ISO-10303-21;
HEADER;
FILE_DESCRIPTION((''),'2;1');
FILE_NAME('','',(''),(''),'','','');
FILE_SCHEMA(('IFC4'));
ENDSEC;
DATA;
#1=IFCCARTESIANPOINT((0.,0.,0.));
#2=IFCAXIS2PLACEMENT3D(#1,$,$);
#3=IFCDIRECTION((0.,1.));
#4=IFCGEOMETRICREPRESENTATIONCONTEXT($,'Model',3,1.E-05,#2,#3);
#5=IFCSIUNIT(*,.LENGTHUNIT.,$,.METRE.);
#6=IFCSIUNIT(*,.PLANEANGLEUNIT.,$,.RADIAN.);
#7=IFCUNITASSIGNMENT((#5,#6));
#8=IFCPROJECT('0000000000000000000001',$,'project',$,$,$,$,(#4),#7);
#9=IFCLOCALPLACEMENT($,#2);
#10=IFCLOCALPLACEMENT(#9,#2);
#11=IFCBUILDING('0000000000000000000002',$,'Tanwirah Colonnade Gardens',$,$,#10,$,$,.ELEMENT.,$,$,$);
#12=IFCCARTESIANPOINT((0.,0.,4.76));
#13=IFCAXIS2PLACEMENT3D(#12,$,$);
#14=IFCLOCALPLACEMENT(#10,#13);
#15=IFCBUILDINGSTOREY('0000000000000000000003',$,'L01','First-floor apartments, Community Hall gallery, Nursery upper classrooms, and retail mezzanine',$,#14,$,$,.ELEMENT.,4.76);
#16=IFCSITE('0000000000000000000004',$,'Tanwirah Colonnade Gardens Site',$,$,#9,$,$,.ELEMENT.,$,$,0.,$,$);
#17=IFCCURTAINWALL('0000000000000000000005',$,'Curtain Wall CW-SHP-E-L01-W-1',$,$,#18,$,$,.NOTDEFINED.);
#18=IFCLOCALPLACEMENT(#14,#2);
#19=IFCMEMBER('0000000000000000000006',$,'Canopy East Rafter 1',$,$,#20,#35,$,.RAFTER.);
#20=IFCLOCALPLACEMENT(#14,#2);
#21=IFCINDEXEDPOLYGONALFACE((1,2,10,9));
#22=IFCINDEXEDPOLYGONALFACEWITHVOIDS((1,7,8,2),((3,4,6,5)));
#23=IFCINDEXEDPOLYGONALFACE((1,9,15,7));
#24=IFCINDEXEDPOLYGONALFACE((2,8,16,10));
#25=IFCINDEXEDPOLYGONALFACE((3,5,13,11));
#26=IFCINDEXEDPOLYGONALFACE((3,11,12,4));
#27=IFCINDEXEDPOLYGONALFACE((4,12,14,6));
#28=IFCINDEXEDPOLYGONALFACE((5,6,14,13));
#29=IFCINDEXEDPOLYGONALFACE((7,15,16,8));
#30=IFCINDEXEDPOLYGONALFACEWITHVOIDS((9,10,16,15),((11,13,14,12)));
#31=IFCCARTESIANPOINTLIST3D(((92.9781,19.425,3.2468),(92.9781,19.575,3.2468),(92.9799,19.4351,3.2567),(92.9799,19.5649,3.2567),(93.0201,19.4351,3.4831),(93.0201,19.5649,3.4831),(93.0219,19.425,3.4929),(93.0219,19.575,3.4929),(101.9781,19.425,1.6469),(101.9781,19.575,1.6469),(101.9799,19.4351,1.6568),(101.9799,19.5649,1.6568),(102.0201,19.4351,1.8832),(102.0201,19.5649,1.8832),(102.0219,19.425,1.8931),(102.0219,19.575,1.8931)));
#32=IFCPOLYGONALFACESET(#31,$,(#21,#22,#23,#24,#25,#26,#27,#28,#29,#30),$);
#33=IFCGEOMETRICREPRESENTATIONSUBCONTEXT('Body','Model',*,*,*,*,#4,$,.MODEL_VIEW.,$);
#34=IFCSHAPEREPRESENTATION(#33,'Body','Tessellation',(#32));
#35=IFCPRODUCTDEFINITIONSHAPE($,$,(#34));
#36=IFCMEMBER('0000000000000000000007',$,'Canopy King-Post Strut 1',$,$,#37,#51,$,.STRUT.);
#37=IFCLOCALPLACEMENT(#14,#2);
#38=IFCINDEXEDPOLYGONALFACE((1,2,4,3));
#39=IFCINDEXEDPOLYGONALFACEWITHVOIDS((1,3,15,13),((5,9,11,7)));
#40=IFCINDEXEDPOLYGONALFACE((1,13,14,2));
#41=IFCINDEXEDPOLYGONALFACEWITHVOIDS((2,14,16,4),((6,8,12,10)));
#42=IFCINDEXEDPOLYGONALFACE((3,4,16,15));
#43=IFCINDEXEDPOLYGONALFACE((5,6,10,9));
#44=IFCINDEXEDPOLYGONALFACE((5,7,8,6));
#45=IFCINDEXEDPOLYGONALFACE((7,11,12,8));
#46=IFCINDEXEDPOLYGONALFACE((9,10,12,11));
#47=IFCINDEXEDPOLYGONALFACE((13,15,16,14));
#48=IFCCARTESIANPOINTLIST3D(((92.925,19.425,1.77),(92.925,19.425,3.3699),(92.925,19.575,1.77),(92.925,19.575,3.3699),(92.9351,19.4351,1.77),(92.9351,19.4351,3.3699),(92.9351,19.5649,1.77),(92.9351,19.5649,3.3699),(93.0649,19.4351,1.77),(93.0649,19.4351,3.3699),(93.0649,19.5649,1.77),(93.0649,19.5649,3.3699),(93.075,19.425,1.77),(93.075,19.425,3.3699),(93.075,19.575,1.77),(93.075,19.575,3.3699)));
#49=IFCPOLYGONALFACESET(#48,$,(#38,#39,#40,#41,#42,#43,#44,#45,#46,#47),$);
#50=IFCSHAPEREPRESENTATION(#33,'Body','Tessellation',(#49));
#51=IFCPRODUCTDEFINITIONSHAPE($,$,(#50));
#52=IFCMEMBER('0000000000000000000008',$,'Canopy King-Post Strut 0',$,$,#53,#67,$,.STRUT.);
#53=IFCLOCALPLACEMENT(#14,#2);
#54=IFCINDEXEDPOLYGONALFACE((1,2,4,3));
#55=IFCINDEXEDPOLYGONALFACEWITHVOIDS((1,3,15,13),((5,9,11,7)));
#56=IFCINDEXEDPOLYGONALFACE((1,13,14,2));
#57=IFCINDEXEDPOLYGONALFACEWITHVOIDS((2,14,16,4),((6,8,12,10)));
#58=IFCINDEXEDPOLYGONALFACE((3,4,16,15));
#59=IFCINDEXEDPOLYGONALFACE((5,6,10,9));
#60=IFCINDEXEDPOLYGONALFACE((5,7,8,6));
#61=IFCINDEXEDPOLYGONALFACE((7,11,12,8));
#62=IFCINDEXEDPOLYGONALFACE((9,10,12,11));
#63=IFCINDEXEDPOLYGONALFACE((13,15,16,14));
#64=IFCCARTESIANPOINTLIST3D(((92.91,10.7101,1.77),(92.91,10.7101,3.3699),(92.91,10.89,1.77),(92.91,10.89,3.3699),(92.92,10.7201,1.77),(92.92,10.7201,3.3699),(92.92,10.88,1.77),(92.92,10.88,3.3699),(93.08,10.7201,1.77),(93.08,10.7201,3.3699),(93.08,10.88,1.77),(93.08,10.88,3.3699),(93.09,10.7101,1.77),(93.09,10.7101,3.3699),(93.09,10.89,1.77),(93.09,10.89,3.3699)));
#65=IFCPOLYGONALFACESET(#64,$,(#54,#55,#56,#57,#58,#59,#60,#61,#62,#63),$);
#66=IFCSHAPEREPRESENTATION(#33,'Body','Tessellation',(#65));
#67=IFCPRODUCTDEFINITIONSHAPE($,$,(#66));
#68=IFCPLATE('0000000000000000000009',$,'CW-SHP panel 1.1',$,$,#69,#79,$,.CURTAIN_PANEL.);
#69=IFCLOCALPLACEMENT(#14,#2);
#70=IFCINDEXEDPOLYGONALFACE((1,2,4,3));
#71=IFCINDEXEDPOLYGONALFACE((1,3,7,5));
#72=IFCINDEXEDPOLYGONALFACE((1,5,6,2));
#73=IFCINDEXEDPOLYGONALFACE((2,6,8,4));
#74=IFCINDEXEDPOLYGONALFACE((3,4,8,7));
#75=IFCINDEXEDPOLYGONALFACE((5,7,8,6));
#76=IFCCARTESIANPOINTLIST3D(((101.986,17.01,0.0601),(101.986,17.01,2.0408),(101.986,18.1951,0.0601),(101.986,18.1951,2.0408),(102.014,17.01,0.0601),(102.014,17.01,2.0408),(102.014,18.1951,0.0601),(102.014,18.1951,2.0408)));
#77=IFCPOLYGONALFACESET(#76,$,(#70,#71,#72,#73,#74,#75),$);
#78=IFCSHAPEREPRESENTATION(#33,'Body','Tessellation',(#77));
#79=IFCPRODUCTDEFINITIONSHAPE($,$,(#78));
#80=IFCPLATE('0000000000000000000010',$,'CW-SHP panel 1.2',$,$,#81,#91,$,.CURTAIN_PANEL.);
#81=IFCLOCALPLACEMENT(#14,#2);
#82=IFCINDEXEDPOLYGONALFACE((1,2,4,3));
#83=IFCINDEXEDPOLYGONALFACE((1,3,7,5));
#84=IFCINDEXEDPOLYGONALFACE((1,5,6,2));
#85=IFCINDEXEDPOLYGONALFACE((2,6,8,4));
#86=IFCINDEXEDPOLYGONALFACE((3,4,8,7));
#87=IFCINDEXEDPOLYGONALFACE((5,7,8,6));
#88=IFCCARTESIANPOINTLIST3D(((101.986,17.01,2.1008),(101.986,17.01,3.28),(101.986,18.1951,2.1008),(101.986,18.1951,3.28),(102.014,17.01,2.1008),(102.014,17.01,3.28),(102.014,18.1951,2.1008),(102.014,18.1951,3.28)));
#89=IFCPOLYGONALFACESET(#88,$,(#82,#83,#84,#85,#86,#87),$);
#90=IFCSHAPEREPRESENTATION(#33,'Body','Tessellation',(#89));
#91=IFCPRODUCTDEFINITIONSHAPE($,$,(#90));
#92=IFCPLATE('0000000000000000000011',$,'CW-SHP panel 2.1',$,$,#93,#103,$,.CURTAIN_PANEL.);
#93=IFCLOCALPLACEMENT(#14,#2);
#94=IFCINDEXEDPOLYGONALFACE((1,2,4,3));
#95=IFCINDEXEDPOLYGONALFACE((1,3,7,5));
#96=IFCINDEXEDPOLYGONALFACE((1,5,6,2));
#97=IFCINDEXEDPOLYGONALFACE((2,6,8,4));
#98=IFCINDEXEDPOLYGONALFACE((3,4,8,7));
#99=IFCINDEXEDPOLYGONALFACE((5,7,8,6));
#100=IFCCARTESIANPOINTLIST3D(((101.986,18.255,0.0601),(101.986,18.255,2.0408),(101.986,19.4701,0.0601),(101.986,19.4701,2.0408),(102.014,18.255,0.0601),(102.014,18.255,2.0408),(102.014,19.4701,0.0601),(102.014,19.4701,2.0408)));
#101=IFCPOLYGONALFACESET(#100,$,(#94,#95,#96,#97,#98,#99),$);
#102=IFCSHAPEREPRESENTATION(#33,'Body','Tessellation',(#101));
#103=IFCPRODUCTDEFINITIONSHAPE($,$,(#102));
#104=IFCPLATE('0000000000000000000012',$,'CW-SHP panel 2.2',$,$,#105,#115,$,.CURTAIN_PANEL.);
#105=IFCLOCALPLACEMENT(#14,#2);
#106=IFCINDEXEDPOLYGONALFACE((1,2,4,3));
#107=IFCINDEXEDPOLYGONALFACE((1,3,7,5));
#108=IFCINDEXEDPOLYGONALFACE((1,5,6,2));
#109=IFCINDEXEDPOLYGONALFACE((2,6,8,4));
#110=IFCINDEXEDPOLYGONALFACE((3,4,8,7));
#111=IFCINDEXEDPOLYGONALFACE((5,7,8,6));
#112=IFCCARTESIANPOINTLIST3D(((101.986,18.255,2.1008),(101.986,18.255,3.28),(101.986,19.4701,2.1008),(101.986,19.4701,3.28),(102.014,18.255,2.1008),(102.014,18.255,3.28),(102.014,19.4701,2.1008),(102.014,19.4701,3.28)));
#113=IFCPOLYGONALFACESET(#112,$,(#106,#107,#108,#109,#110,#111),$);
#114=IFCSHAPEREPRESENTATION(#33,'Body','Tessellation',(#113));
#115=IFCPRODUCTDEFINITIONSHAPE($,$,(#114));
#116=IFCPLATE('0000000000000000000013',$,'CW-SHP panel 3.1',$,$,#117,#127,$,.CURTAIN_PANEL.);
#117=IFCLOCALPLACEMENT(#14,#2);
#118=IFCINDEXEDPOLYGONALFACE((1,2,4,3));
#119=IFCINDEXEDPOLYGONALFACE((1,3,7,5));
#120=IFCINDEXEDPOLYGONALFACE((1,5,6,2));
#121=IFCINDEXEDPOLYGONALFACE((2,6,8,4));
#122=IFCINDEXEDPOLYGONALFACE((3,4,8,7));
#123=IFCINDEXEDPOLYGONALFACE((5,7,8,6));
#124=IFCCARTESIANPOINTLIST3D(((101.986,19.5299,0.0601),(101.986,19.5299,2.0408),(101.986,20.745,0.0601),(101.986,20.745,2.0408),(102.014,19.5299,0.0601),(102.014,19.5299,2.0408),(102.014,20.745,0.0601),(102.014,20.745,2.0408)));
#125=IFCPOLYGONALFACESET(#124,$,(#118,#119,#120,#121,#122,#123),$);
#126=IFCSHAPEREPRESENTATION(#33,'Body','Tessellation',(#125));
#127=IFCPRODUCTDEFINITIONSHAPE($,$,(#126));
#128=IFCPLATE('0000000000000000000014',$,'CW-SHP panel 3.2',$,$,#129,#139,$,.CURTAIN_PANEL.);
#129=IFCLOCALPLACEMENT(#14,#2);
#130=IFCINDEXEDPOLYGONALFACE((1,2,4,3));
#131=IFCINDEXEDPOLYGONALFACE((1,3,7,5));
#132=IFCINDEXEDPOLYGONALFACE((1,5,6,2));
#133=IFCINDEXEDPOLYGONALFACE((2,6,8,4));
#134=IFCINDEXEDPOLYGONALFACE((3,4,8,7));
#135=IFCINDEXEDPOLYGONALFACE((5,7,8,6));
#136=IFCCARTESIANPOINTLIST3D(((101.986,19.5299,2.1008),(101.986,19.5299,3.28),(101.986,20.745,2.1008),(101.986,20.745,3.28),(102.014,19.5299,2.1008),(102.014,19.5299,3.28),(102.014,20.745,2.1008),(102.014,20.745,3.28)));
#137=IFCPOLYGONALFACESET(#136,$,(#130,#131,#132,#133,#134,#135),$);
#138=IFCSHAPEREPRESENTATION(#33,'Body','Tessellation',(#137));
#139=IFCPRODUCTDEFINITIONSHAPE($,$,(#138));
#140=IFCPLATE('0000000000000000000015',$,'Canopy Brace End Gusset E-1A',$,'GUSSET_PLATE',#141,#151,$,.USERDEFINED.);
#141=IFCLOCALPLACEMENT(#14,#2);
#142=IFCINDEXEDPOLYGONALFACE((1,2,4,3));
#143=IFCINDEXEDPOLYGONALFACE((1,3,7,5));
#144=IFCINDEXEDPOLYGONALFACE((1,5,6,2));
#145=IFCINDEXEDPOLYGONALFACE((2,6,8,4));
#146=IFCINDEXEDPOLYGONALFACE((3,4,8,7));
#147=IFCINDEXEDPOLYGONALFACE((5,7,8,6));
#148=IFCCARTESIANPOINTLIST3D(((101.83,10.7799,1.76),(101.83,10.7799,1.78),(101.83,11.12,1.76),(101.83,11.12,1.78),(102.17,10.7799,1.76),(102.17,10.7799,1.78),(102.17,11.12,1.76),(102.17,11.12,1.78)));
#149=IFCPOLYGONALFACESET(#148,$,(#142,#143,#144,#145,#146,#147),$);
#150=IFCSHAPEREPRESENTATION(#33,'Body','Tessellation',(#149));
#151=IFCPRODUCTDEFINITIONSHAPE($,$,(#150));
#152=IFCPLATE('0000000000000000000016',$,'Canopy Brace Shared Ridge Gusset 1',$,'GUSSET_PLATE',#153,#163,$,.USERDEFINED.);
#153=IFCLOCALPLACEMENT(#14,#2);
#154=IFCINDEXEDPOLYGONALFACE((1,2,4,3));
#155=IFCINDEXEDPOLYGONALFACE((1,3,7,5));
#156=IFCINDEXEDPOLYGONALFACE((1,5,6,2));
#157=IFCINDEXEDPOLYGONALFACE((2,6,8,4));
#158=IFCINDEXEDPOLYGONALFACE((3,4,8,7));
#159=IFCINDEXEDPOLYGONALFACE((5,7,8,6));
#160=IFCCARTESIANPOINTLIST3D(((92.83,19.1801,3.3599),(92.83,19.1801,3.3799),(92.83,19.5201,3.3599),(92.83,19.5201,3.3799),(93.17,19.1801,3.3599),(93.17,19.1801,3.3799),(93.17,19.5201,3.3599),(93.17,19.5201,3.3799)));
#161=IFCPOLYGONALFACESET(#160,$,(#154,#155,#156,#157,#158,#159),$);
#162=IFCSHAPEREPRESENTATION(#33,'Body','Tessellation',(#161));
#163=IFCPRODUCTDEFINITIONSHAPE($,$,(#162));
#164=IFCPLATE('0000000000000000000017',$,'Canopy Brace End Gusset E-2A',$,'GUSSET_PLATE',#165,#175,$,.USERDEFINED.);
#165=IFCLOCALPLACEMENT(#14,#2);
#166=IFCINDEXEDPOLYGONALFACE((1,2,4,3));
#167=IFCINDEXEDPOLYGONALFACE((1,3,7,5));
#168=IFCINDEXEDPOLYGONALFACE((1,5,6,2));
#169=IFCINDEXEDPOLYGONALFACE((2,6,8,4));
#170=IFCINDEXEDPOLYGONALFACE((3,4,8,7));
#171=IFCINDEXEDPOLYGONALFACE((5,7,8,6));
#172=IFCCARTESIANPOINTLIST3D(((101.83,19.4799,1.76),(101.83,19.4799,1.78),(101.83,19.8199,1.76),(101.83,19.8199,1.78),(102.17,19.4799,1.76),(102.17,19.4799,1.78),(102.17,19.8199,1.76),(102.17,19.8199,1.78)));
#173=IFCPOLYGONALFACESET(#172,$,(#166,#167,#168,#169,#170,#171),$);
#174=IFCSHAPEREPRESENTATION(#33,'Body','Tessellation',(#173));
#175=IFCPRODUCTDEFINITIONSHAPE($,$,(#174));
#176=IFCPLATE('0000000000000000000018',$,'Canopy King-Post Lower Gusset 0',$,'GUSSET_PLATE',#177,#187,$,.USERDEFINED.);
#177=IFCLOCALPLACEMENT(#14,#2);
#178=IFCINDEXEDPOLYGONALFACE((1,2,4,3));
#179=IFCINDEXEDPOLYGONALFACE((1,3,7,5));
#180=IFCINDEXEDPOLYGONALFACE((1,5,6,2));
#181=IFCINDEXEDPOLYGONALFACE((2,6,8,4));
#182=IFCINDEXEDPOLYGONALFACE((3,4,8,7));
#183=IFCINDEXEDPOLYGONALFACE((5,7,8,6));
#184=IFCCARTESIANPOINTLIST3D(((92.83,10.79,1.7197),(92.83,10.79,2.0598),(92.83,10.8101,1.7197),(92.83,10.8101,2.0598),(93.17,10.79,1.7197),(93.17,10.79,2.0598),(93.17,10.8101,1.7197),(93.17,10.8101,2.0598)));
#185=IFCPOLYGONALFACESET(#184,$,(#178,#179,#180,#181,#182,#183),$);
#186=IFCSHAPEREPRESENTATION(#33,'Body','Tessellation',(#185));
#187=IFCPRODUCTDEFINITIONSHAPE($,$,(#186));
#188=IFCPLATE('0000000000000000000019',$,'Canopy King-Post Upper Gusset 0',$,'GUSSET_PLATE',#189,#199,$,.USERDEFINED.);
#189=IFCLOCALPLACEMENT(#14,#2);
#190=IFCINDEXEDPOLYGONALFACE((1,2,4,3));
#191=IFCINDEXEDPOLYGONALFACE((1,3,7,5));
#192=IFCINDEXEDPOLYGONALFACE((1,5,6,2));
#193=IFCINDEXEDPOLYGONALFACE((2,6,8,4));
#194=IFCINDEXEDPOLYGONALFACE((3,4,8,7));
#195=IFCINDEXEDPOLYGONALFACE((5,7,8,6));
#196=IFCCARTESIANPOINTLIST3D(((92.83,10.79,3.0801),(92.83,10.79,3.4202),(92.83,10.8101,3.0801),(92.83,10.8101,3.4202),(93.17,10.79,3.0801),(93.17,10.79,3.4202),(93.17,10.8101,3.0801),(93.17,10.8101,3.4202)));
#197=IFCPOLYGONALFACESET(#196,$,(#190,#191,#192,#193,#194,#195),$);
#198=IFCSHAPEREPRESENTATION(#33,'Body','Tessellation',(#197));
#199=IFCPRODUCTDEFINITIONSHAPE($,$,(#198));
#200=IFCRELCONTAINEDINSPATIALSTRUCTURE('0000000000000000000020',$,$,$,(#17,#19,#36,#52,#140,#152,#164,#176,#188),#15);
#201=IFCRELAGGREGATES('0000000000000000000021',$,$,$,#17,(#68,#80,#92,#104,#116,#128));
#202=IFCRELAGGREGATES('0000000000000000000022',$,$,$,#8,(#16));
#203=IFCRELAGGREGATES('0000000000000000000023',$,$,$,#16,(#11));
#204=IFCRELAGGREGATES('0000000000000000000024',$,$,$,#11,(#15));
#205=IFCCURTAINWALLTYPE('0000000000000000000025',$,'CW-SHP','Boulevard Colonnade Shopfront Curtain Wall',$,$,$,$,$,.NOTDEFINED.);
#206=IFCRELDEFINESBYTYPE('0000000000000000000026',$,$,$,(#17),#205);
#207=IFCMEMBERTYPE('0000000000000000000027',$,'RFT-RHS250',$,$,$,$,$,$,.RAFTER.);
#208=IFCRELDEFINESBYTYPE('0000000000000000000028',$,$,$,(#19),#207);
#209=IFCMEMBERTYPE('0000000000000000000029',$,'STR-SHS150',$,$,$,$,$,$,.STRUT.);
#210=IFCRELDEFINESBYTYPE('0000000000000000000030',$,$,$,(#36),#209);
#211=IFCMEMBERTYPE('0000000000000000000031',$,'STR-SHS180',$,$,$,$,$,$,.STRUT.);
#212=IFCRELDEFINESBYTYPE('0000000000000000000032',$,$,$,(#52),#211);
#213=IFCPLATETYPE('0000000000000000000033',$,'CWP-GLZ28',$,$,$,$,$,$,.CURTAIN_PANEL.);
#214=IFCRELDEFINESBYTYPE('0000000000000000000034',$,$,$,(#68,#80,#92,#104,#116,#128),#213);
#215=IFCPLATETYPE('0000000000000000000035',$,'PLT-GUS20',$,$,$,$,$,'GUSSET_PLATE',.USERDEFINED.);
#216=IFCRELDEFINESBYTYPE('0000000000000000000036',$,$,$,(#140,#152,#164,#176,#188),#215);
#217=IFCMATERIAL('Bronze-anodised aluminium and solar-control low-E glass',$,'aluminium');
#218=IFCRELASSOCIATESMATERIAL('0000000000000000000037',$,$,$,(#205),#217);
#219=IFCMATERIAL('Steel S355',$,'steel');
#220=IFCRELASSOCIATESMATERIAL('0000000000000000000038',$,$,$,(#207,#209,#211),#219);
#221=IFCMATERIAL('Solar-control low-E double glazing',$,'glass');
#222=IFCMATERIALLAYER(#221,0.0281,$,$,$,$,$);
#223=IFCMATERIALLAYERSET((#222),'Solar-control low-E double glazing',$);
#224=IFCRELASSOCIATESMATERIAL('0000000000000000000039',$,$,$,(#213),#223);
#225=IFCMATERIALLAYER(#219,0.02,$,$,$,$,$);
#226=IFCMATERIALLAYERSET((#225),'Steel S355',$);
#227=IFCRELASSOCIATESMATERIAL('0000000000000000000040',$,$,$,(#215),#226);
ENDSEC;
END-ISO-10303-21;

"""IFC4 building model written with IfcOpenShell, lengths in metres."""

from ifc_helpers import new_model, si_unit, direction, frame, origin, origin_2d, place, context, subcontext, project, spatial, rectangle, hollow_rectangle, extrude, material, layer, layer_set, material_profile, profile_set, type_object, element, aggregate, save


model = new_model("IFC4")

# Units and contexts
model_context = context("Model", 3, precision=1e-05, world=origin(), true_north=direction((0.0, 1.0)))
body_context = subcontext(model_context, "Body", "Model", "MODEL_VIEW")
ifc_project = project(units=[si_unit("LENGTHUNIT", "METRE"), si_unit("PLANEANGLEUNIT", "RADIAN")], contexts=[model_context])

# Site, building, storey
site_placement = place(None, origin())
site = spatial("IfcSite", under=ifc_project, at=site_placement, Name="Tanwirah Colonnade Gardens Site", CompositionType="ELEMENT", RefElevation=0.0)
building_placement = place(site_placement, origin())
building = spatial("IfcBuilding", under=site, at=building_placement, Name="Tanwirah Colonnade Gardens", CompositionType="ELEMENT")
storey_placement = place(building_placement, frame((0.0, 0.0, 4.76)))
storey = spatial("IfcBuildingStorey", under=building, at=storey_placement, Name="L01", Description="First-floor apartments, Community Hall gallery, Nursery upper classrooms, and retail mezzanine", CompositionType="ELEMENT", Elevation=4.76)

# Shared definitions
ifc_material_1 = material(Name="Steel S355", Category="steel")

# Curtain wall
ifc_material_2 = material(Name="Bronze-anodised aluminium and solar-control low-E glass", Category="aluminium")
curtain_wall_type = type_object("IfcCurtainWallType", Name="CW-SHP", Description="Boulevard Colonnade Shopfront Curtain Wall", PredefinedType="NOTDEFINED", material=ifc_material_2)
curtain_wall_placement = place(storey_placement, origin())
curtain_wall = element("IfcCurtainWall", 1, at=curtain_wall_placement, inside=storey, type_object=curtain_wall_type, Name="Curtain Wall CW-SHP-E-L01-W-1", PredefinedType="NOTDEFINED")

# Members
ifc_material_profile_1 = material_profile(ifc_material_1, hollow_rectangle(XDim=0.1499, YDim=0.25, WallThickness=0.01, at=origin_2d()), Name="RHS 250x150x10")
ifc_profile_set_1 = profile_set([ifc_material_profile_1], Name="Steel S355")
member_type_1 = type_object("IfcMemberType", Name="RFT-RHS250", PredefinedType="RAFTER", material=ifc_profile_set_1)
for number, where, z_axis, x_axis, name in (
    (2, (93.0, 19.5, 3.3699), (0.984565, 0.0, -0.175018), (0.0, 1.0, 0.0), "Canopy East Rafter 1"),
):
    element("IfcMember", number, at=place(storey_placement, frame(where, z_axis=z_axis, x_axis=x_axis)), inside=storey, type_object=member_type_1, Name=name, PredefinedType="RAFTER", context=body_context, shape_type="SweptSolid", body=[
        extrude(hollow_rectangle(XDim=0.1499, YDim=0.25, WallThickness=0.01, at=origin_2d()), origin(), (0.0, 0.0, 1.0), 9.1411),
    ])
ifc_material_profile_2 = material_profile(ifc_material_1, hollow_rectangle(XDim=0.1499, YDim=0.1499, WallThickness=0.01, at=origin_2d()), Name="SHS 150x150x10")
ifc_profile_set_2 = profile_set([ifc_material_profile_2], Name="Steel S355")
member_type_2 = type_object("IfcMemberType", Name="STR-SHS150", PredefinedType="STRUT", material=ifc_profile_set_2)
member_1_placement = place(storey_placement, frame((93.0, 19.5, 1.77), z_axis=(0.0, 0.0, 1.0), x_axis=(1.0, 0.0, 0.0)))
element("IfcMember", 3, at=member_1_placement, inside=storey, type_object=member_type_2, Name="Canopy King-Post Strut 1", PredefinedType="STRUT", context=body_context, shape_type="SweptSolid", body=[
    extrude(hollow_rectangle(XDim=0.1499, YDim=0.1499, WallThickness=0.01, at=origin_2d()), origin(), (0.0, 0.0, 1.0), 1.5999),
])
ifc_material_profile_3 = material_profile(ifc_material_1, hollow_rectangle(XDim=0.1799, YDim=0.1799, WallThickness=0.01, at=origin_2d()), Name="SHS 180x180x10")
ifc_profile_set_3 = profile_set([ifc_material_profile_3], Name="Steel S355")
member_type_3 = type_object("IfcMemberType", Name="STR-SHS180", PredefinedType="STRUT", material=ifc_profile_set_3)
member_2_placement = place(storey_placement, frame((93.0, 10.8, 1.77), z_axis=(0.0, 0.0, 1.0), x_axis=(1.0, 0.0, 0.0)))
element("IfcMember", 4, at=member_2_placement, inside=storey, type_object=member_type_3, Name="Canopy King-Post Strut 0", PredefinedType="STRUT", context=body_context, shape_type="SweptSolid", body=[
    extrude(hollow_rectangle(XDim=0.1799, YDim=0.1799, WallThickness=0.01, at=origin_2d()), origin(), (0.0, 0.0, 1.0), 1.5999),
])

# Plates
ifc_material_3 = material(Name="Solar-control low-E double glazing", Category="glass")
ifc_layer_1 = layer(ifc_material_3, 0.0281)
ifc_layer_set_1 = layer_set([ifc_layer_1], Name="Solar-control low-E double glazing")
plate_type_1 = type_object("IfcPlateType", Name="CWP-GLZ28", PredefinedType="CURTAIN_PANEL", material=ifc_layer_set_1)
plate_1_placement = place(storey_placement, frame((102.0, 17.6025, 0.0601), z_axis=(0.0, 0.0, 1.0), x_axis=(0.0, 1.0, 0.0)))
plate_1 = element("IfcPlate", 5, at=plate_1_placement, type_object=plate_type_1, Name="CW-SHP panel 1.1", PredefinedType="CURTAIN_PANEL", context=body_context, shape_type="SweptSolid", body=[
    extrude(rectangle(XDim=1.1851, YDim=0.0281, at=origin_2d()), origin(), (0.0, 0.0, 1.0), 1.9807),
])
plate_2_placement = place(storey_placement, frame((102.0, 17.6025, 2.1008), z_axis=(0.0, 0.0, 1.0), x_axis=(0.0, 1.0, 0.0)))
plate_2 = element("IfcPlate", 6, at=plate_2_placement, type_object=plate_type_1, Name="CW-SHP panel 1.2", PredefinedType="CURTAIN_PANEL", context=body_context, shape_type="SweptSolid", body=[
    extrude(rectangle(XDim=1.1851, YDim=0.0281, at=origin_2d()), origin(), (0.0, 0.0, 1.0), 1.1792),
])
plate_3_placement = place(storey_placement, frame((102.0, 18.8625, 0.0601), z_axis=(0.0, 0.0, 1.0), x_axis=(0.0, 1.0, 0.0)))
plate_3 = element("IfcPlate", 7, at=plate_3_placement, type_object=plate_type_1, Name="CW-SHP panel 2.1", PredefinedType="CURTAIN_PANEL", context=body_context, shape_type="SweptSolid", body=[
    extrude(rectangle(XDim=1.2151, YDim=0.0281, at=origin_2d()), origin(), (0.0, 0.0, 1.0), 1.9807),
])
plate_4_placement = place(storey_placement, frame((102.0, 18.8625, 2.1008), z_axis=(0.0, 0.0, 1.0), x_axis=(0.0, 1.0, 0.0)))
plate_4 = element("IfcPlate", 8, at=plate_4_placement, type_object=plate_type_1, Name="CW-SHP panel 2.2", PredefinedType="CURTAIN_PANEL", context=body_context, shape_type="SweptSolid", body=[
    extrude(rectangle(XDim=1.2151, YDim=0.0281, at=origin_2d()), origin(), (0.0, 0.0, 1.0), 1.1792),
])
plate_5_placement = place(storey_placement, frame((102.0, 20.1375, 0.0601), z_axis=(0.0, 0.0, 1.0), x_axis=(0.0, 1.0, 0.0)))
plate_5 = element("IfcPlate", 9, at=plate_5_placement, type_object=plate_type_1, Name="CW-SHP panel 3.1", PredefinedType="CURTAIN_PANEL", context=body_context, shape_type="SweptSolid", body=[
    extrude(rectangle(XDim=1.2151, YDim=0.0281, at=origin_2d()), origin(), (0.0, 0.0, 1.0), 1.9807),
])
plate_6_placement = place(storey_placement, frame((102.0, 20.1375, 2.1008), z_axis=(0.0, 0.0, 1.0), x_axis=(0.0, 1.0, 0.0)))
plate_6 = element("IfcPlate", 10, at=plate_6_placement, type_object=plate_type_1, Name="CW-SHP panel 3.2", PredefinedType="CURTAIN_PANEL", context=body_context, shape_type="SweptSolid", body=[
    extrude(rectangle(XDim=1.2151, YDim=0.0281, at=origin_2d()), origin(), (0.0, 0.0, 1.0), 1.1792),
])
aggregate(curtain_wall, [plate_1, plate_2, plate_3, plate_4, plate_5, plate_6])

# Plates
ifc_layer_2 = layer(ifc_material_1, 0.02)
ifc_layer_set_2 = layer_set([ifc_layer_2], Name="Steel S355")
plate_type_2 = type_object("IfcPlateType", Name="PLT-GUS20", ElementType="GUSSET_PLATE", PredefinedType="USERDEFINED", material=ifc_layer_set_2)
for number, where, z_axis, x_axis, name in (
    (11, (102.0, 10.95, 1.76), (0.0, 0.0, 1.0), (1.0, 0.0, 0.0), "Canopy Brace End Gusset E-1A"),
    (12, (93.0, 19.3501, 3.3599), (0.0, 0.0, 1.0), (1.0, 0.0, 0.0), "Canopy Brace Shared Ridge Gusset 1"),
    (13, (102.0, 19.6499, 1.76), (0.0, 0.0, 1.0), (1.0, 0.0, 0.0), "Canopy Brace End Gusset E-2A"),
):
    element("IfcPlate", number, at=place(storey_placement, frame(where, z_axis=z_axis, x_axis=x_axis)), inside=storey, type_object=plate_type_2, Name=name, ObjectType="GUSSET_PLATE", PredefinedType="USERDEFINED", context=body_context, shape_type="SweptSolid", body=[
        extrude(rectangle(XDim=0.3401, YDim=0.3401, at=origin_2d()), origin(), (0.0, 0.0, 1.0), 0.02),
    ])
for number, where, z_axis, x_axis, name in (
    (14, (93.0, 10.8, 1.7197), (0.0, 0.0, 1.0), (1.0, 0.0, 0.0), "Canopy King-Post Lower Gusset 0"),
    (15, (93.0, 10.8, 3.0801), (0.0, 0.0, 1.0), (1.0, 0.0, 0.0), "Canopy King-Post Upper Gusset 0"),
):
    element("IfcPlate", number, at=place(storey_placement, frame(where, z_axis=z_axis, x_axis=x_axis)), inside=storey, type_object=plate_type_2, Name=name, ObjectType="GUSSET_PLATE", PredefinedType="USERDEFINED", context=body_context, shape_type="SweptSolid", body=[
        extrude(rectangle(XDim=0.3401, YDim=0.02, at=origin_2d()), origin(), (0.0, 0.0, 1.0), 0.3401),
    ])

save(model, "model.ifc")
